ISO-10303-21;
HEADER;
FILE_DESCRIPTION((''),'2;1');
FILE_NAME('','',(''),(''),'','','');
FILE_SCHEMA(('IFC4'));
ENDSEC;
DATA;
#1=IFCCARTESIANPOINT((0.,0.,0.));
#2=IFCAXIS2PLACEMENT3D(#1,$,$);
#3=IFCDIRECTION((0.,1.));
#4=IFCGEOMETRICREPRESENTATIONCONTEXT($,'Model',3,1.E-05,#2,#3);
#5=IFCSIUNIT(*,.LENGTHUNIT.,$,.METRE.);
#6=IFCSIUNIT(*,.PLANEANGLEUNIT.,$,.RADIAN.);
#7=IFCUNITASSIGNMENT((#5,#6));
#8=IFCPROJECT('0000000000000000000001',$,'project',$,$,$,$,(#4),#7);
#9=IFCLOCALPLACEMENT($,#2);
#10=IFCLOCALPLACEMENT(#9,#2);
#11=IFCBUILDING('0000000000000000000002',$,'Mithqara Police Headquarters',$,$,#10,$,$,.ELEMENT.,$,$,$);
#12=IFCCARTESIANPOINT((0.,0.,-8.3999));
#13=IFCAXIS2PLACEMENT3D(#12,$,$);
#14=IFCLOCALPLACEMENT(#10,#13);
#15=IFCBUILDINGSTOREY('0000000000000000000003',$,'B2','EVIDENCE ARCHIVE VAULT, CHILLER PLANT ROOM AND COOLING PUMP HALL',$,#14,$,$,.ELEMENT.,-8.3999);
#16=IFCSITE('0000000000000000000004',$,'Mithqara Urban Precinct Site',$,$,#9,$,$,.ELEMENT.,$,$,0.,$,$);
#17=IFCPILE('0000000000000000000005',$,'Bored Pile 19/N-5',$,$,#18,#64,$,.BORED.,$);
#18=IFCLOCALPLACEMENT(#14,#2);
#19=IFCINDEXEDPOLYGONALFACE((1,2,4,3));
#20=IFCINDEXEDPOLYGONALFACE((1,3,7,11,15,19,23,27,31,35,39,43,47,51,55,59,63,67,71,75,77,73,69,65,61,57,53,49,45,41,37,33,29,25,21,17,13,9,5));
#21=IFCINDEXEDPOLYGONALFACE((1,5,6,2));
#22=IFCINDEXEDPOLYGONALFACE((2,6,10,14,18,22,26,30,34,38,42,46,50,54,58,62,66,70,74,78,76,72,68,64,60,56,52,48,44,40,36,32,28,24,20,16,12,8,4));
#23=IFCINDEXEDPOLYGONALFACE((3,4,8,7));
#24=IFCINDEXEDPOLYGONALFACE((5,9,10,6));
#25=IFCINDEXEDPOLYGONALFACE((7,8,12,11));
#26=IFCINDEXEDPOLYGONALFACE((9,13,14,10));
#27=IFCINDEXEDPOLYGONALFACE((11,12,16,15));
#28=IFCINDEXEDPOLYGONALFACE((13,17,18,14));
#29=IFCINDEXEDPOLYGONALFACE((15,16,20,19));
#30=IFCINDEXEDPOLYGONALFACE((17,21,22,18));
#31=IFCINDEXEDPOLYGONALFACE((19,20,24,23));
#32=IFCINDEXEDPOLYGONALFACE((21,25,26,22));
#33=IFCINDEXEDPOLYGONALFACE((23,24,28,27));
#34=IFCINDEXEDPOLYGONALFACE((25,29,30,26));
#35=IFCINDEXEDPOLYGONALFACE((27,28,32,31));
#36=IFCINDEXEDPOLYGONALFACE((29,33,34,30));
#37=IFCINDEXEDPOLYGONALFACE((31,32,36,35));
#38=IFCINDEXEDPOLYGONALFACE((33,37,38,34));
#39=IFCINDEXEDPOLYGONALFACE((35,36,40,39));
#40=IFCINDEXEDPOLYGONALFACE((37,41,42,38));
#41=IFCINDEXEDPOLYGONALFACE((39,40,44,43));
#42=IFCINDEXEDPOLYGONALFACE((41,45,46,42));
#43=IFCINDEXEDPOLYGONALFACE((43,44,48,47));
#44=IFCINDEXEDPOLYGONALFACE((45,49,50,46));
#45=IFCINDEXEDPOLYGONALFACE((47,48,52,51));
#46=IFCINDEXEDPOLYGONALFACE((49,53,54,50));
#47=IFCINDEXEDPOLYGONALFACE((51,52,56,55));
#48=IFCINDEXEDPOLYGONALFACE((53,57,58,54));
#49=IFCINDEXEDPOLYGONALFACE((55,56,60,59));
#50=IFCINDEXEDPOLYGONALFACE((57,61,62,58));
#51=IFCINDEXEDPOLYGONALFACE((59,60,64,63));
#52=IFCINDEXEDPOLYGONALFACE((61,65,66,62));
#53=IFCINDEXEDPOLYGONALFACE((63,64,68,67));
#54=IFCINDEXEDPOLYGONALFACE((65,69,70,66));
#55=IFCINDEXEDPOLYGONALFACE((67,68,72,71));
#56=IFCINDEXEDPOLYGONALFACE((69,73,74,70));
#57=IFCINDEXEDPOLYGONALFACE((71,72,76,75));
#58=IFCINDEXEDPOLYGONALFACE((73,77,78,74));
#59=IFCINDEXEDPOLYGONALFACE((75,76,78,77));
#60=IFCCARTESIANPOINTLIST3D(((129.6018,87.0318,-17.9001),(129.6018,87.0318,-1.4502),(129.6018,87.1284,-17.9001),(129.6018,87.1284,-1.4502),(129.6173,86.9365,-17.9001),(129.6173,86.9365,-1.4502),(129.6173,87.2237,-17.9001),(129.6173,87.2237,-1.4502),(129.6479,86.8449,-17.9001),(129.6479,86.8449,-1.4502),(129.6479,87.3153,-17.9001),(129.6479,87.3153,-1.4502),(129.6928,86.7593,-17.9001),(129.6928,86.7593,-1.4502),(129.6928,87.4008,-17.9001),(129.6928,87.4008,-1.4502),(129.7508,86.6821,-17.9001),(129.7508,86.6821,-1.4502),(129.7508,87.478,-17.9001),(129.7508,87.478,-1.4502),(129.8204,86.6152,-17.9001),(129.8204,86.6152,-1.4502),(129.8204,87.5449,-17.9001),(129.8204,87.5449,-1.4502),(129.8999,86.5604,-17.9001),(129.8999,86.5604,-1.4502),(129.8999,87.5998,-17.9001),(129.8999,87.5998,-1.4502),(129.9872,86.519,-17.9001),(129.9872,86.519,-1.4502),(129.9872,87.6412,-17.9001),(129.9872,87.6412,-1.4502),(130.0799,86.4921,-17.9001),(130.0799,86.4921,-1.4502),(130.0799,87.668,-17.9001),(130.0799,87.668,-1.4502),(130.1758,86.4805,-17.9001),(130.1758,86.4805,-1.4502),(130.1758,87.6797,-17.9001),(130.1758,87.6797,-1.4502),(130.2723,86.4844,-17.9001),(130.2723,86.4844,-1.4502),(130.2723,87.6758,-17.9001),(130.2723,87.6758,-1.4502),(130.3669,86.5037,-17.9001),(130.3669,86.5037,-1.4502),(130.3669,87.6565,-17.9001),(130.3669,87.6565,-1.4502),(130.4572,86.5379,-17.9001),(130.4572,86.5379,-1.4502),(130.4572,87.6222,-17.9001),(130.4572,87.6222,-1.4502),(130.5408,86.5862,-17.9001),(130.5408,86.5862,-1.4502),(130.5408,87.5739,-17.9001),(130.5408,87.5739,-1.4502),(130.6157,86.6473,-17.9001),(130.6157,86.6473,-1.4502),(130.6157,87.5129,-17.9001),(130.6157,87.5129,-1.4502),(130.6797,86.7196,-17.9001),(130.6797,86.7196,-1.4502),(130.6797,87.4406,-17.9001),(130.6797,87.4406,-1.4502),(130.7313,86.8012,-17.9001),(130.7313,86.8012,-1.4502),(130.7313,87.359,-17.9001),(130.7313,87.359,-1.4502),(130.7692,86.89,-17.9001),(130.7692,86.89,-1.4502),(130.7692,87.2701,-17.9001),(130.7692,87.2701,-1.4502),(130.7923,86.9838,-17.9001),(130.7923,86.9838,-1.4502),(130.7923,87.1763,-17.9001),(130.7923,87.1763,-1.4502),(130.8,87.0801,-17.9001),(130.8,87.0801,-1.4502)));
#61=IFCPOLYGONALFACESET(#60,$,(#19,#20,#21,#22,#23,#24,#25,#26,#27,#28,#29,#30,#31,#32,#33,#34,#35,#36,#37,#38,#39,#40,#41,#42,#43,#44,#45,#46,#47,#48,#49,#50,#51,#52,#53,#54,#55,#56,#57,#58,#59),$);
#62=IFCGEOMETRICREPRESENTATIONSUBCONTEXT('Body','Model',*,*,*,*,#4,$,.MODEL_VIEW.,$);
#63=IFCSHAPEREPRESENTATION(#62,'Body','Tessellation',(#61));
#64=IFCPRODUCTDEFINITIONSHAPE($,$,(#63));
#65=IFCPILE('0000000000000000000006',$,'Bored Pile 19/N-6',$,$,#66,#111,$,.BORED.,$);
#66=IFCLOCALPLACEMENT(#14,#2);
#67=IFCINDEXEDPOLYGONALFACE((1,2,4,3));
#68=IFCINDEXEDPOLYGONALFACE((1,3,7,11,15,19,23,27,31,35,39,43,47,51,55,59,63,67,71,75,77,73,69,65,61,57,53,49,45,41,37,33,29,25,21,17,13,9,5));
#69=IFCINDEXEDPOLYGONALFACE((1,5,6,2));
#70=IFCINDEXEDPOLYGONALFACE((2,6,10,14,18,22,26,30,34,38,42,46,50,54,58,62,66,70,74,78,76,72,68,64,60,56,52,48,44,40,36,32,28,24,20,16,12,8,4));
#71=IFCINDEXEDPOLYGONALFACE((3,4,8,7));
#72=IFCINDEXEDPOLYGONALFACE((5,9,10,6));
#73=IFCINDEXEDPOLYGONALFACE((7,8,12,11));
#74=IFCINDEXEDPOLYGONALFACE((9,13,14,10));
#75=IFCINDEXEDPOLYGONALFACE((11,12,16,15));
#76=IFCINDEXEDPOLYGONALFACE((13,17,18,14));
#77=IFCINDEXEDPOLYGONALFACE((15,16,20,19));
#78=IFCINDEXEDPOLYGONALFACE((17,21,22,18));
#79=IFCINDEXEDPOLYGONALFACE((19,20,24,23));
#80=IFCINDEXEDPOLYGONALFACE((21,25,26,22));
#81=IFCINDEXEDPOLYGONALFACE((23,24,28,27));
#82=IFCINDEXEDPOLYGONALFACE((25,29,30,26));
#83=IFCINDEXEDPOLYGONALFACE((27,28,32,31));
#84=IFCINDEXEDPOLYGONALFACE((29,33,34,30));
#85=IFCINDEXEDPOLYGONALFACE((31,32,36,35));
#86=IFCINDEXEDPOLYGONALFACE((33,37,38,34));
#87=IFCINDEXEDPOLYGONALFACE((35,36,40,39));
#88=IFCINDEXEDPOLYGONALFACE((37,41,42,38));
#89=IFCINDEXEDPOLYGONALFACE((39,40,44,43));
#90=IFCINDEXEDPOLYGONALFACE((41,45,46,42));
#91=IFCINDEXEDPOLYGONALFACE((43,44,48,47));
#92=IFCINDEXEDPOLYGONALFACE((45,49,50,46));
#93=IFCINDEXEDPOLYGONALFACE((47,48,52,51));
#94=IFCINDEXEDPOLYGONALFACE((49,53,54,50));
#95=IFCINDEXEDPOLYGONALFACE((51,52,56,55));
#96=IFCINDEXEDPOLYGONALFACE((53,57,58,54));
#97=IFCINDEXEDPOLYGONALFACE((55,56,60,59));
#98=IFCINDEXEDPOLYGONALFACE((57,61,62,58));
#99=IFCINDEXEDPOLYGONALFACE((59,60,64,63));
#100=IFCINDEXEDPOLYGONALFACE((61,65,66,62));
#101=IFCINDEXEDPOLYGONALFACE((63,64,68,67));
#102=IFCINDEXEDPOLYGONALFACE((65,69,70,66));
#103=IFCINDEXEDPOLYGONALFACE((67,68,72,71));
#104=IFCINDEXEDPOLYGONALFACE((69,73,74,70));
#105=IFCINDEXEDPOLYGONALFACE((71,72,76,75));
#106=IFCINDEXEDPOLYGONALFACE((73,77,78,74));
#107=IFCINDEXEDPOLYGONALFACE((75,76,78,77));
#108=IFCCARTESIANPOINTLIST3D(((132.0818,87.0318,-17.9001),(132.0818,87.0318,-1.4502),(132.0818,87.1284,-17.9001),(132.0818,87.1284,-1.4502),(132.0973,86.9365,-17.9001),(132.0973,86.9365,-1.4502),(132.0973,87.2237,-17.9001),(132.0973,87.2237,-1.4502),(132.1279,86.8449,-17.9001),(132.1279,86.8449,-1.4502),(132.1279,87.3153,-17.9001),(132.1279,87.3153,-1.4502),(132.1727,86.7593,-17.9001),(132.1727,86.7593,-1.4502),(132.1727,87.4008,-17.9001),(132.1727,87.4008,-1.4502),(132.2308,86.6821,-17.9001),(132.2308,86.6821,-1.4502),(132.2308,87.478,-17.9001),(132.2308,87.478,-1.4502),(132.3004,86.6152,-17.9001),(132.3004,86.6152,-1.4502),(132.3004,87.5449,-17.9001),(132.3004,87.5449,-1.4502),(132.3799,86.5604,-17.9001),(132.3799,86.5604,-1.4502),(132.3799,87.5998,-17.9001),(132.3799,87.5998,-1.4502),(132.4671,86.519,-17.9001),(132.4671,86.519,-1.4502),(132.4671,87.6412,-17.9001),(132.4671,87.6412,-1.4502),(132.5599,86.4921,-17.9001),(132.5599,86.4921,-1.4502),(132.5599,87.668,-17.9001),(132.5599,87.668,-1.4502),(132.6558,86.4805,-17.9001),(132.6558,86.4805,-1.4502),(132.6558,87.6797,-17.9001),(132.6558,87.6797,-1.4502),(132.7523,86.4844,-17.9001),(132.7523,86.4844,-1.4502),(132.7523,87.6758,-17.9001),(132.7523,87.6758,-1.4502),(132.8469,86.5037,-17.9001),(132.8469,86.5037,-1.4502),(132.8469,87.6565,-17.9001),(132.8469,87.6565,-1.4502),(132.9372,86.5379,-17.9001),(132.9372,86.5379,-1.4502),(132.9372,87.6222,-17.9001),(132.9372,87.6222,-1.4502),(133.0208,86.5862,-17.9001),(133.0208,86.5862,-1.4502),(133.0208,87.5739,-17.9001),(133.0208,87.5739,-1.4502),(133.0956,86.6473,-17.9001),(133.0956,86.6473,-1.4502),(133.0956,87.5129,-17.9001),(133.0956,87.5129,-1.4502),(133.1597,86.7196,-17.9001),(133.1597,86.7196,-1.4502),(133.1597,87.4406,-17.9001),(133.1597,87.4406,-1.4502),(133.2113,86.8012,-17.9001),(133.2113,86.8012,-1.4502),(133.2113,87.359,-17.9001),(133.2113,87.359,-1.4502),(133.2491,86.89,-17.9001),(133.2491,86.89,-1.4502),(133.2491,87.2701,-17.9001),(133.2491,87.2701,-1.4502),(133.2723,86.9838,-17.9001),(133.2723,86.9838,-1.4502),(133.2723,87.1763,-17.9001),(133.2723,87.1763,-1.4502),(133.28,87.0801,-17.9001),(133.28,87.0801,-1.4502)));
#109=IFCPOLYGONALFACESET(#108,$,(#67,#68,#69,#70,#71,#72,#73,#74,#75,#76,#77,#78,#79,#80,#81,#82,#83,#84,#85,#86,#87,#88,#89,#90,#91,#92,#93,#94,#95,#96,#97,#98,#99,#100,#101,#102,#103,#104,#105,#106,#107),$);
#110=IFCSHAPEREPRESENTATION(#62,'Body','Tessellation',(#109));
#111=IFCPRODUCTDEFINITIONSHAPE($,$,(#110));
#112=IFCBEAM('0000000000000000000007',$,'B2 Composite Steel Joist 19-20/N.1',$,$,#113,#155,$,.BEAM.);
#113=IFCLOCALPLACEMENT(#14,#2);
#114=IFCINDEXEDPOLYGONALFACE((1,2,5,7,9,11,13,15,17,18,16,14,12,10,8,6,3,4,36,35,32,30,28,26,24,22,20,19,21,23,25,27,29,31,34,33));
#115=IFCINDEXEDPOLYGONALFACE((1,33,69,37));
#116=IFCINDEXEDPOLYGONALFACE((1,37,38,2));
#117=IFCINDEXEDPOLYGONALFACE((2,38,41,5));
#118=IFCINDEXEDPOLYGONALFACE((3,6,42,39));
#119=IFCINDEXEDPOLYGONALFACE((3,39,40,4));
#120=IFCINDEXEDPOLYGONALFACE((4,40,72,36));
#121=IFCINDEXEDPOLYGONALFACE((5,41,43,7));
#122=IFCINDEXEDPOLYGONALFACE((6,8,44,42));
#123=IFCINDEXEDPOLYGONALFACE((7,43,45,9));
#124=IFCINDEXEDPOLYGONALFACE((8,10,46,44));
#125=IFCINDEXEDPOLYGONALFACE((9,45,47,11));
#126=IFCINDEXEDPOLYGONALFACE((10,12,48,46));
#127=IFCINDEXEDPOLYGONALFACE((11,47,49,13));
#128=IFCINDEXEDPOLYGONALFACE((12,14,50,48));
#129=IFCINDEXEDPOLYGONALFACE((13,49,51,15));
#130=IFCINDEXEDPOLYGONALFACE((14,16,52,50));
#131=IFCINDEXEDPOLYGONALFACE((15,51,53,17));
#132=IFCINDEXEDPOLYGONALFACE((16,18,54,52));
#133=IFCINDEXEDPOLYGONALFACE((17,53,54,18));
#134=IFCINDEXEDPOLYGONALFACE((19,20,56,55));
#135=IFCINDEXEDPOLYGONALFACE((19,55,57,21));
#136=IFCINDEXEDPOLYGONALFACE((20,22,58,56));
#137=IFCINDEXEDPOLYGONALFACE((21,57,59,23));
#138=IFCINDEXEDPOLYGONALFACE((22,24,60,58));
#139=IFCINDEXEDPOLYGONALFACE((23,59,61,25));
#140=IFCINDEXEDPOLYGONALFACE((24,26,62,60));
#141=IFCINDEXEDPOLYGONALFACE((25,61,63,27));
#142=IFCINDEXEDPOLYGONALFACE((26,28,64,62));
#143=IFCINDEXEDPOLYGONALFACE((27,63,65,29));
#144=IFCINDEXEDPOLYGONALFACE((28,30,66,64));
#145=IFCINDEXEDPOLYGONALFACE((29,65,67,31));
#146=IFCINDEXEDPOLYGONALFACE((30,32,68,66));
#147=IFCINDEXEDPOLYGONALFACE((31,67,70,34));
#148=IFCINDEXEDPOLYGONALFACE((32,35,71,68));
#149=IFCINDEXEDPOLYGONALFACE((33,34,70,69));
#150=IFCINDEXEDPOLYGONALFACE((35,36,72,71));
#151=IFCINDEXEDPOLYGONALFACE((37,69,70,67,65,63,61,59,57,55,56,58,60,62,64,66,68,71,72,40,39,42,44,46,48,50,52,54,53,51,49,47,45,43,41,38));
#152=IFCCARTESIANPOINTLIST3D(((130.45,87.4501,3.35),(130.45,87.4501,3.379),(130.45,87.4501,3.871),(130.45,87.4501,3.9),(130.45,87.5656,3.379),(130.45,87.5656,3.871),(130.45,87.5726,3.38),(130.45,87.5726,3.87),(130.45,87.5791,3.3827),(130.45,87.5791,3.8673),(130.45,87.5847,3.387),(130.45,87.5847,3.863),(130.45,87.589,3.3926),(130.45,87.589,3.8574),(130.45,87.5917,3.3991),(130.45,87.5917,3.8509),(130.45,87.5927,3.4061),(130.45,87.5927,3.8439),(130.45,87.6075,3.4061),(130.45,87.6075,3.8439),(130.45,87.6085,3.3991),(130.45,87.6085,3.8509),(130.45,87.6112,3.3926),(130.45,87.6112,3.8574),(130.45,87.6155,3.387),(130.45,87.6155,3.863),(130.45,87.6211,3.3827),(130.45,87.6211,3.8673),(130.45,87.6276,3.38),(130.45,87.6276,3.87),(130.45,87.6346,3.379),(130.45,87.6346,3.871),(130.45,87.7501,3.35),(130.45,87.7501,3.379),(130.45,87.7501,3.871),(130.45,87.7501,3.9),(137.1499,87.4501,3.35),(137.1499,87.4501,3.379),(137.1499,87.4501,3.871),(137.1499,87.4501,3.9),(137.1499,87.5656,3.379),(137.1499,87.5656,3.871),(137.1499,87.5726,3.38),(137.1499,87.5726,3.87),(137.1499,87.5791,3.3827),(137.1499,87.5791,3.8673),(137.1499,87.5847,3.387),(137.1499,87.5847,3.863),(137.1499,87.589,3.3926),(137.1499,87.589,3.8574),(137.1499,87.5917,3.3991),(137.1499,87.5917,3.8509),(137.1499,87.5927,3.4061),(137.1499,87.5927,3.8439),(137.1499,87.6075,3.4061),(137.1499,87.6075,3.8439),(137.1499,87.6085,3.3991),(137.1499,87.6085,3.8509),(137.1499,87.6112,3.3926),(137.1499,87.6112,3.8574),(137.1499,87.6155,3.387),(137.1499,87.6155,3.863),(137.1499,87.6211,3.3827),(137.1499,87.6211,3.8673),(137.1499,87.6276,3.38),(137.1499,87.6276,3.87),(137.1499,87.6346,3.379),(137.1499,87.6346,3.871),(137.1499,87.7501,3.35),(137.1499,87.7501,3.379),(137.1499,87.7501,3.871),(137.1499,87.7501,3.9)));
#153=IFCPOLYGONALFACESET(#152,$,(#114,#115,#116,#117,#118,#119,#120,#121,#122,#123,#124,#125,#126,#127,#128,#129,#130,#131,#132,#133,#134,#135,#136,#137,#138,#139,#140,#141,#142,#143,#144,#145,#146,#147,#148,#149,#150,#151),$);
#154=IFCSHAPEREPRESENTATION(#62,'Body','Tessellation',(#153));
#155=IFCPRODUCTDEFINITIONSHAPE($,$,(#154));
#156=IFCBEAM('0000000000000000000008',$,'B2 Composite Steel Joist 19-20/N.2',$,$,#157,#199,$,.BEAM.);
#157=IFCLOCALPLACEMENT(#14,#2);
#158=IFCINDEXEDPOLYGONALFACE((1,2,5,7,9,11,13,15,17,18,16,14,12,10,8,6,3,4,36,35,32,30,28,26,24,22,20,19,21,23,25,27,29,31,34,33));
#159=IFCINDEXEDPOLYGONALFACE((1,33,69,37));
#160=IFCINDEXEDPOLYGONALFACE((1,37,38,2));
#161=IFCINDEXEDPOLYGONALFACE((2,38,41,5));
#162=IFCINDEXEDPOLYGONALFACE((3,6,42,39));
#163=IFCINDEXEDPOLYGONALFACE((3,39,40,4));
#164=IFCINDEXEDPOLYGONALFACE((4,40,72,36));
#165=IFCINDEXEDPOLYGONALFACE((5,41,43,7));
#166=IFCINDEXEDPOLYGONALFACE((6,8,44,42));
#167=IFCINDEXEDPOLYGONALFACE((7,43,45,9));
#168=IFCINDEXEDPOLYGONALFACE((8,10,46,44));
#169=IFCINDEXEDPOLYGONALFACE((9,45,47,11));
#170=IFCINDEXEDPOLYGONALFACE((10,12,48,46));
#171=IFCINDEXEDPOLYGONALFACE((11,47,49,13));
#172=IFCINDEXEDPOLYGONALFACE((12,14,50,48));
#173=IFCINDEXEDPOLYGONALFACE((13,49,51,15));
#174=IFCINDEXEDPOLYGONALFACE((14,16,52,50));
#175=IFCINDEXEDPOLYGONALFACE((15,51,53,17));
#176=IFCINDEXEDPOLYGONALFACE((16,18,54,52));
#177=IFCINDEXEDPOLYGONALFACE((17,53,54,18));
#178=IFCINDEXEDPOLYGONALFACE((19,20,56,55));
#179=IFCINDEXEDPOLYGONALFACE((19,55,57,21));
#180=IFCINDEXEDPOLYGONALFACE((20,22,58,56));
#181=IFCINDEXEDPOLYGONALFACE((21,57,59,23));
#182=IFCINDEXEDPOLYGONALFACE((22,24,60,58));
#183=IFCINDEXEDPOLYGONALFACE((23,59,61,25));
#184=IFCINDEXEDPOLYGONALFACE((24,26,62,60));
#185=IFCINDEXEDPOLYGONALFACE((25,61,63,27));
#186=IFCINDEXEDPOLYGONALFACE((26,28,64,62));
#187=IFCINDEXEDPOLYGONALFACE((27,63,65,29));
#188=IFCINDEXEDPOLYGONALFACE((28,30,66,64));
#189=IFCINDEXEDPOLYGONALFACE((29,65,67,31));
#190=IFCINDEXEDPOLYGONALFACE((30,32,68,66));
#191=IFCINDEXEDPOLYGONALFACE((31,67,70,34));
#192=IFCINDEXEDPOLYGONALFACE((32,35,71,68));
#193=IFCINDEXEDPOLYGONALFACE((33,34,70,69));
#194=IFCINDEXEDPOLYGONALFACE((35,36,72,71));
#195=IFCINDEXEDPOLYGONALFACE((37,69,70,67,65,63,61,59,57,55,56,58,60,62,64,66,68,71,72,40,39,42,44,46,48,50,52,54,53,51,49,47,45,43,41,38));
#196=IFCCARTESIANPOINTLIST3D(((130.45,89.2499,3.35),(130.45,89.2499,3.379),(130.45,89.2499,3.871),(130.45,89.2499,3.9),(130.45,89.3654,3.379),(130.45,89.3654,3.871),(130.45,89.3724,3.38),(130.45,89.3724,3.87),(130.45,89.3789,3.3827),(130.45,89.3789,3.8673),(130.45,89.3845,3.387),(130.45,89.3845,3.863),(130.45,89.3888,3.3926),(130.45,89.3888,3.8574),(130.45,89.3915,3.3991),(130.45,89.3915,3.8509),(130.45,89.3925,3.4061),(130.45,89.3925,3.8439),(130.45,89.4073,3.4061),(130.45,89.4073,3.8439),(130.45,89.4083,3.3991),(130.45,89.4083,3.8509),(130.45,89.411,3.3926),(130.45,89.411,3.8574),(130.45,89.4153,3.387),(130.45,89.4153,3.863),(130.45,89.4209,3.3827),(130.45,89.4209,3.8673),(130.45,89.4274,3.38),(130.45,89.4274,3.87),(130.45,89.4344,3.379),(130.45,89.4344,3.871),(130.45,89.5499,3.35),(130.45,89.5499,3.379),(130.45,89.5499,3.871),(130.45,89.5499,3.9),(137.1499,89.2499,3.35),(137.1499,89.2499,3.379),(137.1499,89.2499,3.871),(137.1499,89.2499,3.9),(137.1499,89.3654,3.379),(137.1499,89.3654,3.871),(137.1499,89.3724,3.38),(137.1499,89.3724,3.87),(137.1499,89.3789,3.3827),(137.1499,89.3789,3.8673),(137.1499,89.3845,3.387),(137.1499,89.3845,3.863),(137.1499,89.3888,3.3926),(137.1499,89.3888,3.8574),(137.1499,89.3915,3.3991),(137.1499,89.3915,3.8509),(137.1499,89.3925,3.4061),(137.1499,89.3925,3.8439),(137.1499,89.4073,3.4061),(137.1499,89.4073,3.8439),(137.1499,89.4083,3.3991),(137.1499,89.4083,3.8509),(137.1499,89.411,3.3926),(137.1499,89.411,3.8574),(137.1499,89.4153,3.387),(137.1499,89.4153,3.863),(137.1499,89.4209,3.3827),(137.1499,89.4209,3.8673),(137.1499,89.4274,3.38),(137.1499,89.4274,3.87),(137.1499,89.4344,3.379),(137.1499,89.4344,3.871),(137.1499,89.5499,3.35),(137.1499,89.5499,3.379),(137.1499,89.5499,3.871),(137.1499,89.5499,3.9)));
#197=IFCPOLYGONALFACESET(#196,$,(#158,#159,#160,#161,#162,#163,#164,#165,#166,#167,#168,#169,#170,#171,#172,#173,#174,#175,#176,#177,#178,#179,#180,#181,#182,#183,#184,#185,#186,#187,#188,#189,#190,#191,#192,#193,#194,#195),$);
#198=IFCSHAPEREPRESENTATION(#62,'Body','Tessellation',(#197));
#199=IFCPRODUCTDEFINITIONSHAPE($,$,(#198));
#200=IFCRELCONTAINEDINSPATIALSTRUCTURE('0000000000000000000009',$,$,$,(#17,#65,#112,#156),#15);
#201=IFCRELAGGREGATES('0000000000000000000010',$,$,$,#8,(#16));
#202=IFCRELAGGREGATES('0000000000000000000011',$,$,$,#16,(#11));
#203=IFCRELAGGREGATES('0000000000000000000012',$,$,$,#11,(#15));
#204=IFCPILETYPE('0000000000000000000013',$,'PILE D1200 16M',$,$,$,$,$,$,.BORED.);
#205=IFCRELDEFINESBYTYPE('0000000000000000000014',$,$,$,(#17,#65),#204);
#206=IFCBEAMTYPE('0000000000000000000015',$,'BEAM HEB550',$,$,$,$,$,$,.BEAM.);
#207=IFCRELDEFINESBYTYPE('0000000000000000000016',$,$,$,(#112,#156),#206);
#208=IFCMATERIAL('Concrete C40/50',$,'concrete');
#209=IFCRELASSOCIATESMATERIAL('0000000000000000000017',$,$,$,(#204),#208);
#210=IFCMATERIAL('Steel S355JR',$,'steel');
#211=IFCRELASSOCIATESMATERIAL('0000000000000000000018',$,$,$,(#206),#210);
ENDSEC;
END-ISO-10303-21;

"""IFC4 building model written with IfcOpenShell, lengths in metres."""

from ifc_helpers import new_model, si_unit, direction, frame, origin, origin_2d, place, context, subcontext, project, spatial, circle, i_section, extrude, material, material_profile, profile_set, type_object, element, save


model = new_model("IFC4")

# Units and contexts
model_context = context("Model", 3, precision=1e-05, world=origin(), true_north=direction((0.0, 1.0)))
body_context = subcontext(model_context, "Body", "Model", "MODEL_VIEW")
ifc_project = project(units=[si_unit("LENGTHUNIT", "METRE"), si_unit("PLANEANGLEUNIT", "RADIAN")], contexts=[model_context])

# Site, building, storey
site_placement = place(None, origin())
site = spatial("IfcSite", under=ifc_project, at=site_placement, Name="Mithqara Urban Precinct Site", CompositionType="ELEMENT", RefElevation=0.0)
building_placement = place(site_placement, origin())
building = spatial("IfcBuilding", under=site, at=building_placement, Name="Mithqara Police Headquarters", CompositionType="ELEMENT")
storey_placement = place(building_placement, frame((0.0, 0.0, -8.3999)))
storey = spatial("IfcBuildingStorey", under=building, at=storey_placement, Name="B2", Description="EVIDENCE ARCHIVE VAULT, CHILLER PLANT ROOM AND COOLING PUMP HALL", CompositionType="ELEMENT", Elevation=-8.3999)

# Piles
ifc_material_1 = material(Name="Concrete C40/50", Category="concrete")
ifc_material_profile_1 = material_profile(ifc_material_1, circle(Radius=0.6001, at=origin_2d()), Name="PILE D1200")
ifc_profile_set_1 = profile_set([ifc_material_profile_1], Name="Concrete C40/50")
pile_type = type_object("IfcPileType", Name="PILE D1200 16M", PredefinedType="BORED", material=ifc_profile_set_1)
for number, where, z_axis, x_axis, name in (
    (1, (130.2, 87.0801, -1.4502), (0.0, 0.0, -1.0), (1.0, 0.0, 0.0), "Bored Pile 19/N-5"),
    (2, (132.6799, 87.0801, -1.4502), (0.0, 0.0, -1.0), (1.0, 0.0, 0.0), "Bored Pile 19/N-6"),
):
    element("IfcPile", number, at=place(storey_placement, frame(where, z_axis=z_axis, x_axis=x_axis)), inside=storey, type_object=pile_type, Name=name, PredefinedType="BORED", context=body_context, shape_type="SweptSolid", body=[
        extrude(circle(Radius=0.6001, at=origin_2d()), origin(), (0.0, 0.0, 1.0), 16.45),
    ])

# Beams
ifc_material_2 = material(Name="Steel S355JR", Category="steel")
ifc_material_profile_2 = material_profile(ifc_material_2, i_section(OverallWidth=0.3, OverallDepth=0.55, WebThickness=0.0149, FlangeThickness=0.0291, FilletRadius=0.0271, at=origin_2d()), Name="HEB 550")
ifc_profile_set_2 = profile_set([ifc_material_profile_2], Name="Steel S355JR")
beam_type_1 = type_object("IfcBeamType", Name="BEAM HEB550", PredefinedType="BEAM", material=ifc_profile_set_2)
for number, where, z_axis, x_axis, name in (
    (3, (130.45, 87.6001, 3.625), (1.0, 0.0, 0.0), (0.0, 1.0, 0.0), "B2 Composite Steel Joist 19-20/N.1"),
    (4, (130.45, 89.3999, 3.625), (1.0, 0.0, 0.0), (0.0, 1.0, 0.0), "B2 Composite Steel Joist 19-20/N.2"),
):
    element("IfcBeam", number, at=place(storey_placement, frame(where, z_axis=z_axis, x_axis=x_axis)), inside=storey, type_object=beam_type_1, Name=name, PredefinedType="BEAM", context=body_context, shape_type="SweptSolid", body=[
        extrude(i_section(OverallWidth=0.3, OverallDepth=0.55, WebThickness=0.0149, FlangeThickness=0.0291, FilletRadius=0.0271, at=origin_2d()), origin(), (0.0, 0.0, 1.0), 6.7),
    ])

save(model, "model.ifc")
